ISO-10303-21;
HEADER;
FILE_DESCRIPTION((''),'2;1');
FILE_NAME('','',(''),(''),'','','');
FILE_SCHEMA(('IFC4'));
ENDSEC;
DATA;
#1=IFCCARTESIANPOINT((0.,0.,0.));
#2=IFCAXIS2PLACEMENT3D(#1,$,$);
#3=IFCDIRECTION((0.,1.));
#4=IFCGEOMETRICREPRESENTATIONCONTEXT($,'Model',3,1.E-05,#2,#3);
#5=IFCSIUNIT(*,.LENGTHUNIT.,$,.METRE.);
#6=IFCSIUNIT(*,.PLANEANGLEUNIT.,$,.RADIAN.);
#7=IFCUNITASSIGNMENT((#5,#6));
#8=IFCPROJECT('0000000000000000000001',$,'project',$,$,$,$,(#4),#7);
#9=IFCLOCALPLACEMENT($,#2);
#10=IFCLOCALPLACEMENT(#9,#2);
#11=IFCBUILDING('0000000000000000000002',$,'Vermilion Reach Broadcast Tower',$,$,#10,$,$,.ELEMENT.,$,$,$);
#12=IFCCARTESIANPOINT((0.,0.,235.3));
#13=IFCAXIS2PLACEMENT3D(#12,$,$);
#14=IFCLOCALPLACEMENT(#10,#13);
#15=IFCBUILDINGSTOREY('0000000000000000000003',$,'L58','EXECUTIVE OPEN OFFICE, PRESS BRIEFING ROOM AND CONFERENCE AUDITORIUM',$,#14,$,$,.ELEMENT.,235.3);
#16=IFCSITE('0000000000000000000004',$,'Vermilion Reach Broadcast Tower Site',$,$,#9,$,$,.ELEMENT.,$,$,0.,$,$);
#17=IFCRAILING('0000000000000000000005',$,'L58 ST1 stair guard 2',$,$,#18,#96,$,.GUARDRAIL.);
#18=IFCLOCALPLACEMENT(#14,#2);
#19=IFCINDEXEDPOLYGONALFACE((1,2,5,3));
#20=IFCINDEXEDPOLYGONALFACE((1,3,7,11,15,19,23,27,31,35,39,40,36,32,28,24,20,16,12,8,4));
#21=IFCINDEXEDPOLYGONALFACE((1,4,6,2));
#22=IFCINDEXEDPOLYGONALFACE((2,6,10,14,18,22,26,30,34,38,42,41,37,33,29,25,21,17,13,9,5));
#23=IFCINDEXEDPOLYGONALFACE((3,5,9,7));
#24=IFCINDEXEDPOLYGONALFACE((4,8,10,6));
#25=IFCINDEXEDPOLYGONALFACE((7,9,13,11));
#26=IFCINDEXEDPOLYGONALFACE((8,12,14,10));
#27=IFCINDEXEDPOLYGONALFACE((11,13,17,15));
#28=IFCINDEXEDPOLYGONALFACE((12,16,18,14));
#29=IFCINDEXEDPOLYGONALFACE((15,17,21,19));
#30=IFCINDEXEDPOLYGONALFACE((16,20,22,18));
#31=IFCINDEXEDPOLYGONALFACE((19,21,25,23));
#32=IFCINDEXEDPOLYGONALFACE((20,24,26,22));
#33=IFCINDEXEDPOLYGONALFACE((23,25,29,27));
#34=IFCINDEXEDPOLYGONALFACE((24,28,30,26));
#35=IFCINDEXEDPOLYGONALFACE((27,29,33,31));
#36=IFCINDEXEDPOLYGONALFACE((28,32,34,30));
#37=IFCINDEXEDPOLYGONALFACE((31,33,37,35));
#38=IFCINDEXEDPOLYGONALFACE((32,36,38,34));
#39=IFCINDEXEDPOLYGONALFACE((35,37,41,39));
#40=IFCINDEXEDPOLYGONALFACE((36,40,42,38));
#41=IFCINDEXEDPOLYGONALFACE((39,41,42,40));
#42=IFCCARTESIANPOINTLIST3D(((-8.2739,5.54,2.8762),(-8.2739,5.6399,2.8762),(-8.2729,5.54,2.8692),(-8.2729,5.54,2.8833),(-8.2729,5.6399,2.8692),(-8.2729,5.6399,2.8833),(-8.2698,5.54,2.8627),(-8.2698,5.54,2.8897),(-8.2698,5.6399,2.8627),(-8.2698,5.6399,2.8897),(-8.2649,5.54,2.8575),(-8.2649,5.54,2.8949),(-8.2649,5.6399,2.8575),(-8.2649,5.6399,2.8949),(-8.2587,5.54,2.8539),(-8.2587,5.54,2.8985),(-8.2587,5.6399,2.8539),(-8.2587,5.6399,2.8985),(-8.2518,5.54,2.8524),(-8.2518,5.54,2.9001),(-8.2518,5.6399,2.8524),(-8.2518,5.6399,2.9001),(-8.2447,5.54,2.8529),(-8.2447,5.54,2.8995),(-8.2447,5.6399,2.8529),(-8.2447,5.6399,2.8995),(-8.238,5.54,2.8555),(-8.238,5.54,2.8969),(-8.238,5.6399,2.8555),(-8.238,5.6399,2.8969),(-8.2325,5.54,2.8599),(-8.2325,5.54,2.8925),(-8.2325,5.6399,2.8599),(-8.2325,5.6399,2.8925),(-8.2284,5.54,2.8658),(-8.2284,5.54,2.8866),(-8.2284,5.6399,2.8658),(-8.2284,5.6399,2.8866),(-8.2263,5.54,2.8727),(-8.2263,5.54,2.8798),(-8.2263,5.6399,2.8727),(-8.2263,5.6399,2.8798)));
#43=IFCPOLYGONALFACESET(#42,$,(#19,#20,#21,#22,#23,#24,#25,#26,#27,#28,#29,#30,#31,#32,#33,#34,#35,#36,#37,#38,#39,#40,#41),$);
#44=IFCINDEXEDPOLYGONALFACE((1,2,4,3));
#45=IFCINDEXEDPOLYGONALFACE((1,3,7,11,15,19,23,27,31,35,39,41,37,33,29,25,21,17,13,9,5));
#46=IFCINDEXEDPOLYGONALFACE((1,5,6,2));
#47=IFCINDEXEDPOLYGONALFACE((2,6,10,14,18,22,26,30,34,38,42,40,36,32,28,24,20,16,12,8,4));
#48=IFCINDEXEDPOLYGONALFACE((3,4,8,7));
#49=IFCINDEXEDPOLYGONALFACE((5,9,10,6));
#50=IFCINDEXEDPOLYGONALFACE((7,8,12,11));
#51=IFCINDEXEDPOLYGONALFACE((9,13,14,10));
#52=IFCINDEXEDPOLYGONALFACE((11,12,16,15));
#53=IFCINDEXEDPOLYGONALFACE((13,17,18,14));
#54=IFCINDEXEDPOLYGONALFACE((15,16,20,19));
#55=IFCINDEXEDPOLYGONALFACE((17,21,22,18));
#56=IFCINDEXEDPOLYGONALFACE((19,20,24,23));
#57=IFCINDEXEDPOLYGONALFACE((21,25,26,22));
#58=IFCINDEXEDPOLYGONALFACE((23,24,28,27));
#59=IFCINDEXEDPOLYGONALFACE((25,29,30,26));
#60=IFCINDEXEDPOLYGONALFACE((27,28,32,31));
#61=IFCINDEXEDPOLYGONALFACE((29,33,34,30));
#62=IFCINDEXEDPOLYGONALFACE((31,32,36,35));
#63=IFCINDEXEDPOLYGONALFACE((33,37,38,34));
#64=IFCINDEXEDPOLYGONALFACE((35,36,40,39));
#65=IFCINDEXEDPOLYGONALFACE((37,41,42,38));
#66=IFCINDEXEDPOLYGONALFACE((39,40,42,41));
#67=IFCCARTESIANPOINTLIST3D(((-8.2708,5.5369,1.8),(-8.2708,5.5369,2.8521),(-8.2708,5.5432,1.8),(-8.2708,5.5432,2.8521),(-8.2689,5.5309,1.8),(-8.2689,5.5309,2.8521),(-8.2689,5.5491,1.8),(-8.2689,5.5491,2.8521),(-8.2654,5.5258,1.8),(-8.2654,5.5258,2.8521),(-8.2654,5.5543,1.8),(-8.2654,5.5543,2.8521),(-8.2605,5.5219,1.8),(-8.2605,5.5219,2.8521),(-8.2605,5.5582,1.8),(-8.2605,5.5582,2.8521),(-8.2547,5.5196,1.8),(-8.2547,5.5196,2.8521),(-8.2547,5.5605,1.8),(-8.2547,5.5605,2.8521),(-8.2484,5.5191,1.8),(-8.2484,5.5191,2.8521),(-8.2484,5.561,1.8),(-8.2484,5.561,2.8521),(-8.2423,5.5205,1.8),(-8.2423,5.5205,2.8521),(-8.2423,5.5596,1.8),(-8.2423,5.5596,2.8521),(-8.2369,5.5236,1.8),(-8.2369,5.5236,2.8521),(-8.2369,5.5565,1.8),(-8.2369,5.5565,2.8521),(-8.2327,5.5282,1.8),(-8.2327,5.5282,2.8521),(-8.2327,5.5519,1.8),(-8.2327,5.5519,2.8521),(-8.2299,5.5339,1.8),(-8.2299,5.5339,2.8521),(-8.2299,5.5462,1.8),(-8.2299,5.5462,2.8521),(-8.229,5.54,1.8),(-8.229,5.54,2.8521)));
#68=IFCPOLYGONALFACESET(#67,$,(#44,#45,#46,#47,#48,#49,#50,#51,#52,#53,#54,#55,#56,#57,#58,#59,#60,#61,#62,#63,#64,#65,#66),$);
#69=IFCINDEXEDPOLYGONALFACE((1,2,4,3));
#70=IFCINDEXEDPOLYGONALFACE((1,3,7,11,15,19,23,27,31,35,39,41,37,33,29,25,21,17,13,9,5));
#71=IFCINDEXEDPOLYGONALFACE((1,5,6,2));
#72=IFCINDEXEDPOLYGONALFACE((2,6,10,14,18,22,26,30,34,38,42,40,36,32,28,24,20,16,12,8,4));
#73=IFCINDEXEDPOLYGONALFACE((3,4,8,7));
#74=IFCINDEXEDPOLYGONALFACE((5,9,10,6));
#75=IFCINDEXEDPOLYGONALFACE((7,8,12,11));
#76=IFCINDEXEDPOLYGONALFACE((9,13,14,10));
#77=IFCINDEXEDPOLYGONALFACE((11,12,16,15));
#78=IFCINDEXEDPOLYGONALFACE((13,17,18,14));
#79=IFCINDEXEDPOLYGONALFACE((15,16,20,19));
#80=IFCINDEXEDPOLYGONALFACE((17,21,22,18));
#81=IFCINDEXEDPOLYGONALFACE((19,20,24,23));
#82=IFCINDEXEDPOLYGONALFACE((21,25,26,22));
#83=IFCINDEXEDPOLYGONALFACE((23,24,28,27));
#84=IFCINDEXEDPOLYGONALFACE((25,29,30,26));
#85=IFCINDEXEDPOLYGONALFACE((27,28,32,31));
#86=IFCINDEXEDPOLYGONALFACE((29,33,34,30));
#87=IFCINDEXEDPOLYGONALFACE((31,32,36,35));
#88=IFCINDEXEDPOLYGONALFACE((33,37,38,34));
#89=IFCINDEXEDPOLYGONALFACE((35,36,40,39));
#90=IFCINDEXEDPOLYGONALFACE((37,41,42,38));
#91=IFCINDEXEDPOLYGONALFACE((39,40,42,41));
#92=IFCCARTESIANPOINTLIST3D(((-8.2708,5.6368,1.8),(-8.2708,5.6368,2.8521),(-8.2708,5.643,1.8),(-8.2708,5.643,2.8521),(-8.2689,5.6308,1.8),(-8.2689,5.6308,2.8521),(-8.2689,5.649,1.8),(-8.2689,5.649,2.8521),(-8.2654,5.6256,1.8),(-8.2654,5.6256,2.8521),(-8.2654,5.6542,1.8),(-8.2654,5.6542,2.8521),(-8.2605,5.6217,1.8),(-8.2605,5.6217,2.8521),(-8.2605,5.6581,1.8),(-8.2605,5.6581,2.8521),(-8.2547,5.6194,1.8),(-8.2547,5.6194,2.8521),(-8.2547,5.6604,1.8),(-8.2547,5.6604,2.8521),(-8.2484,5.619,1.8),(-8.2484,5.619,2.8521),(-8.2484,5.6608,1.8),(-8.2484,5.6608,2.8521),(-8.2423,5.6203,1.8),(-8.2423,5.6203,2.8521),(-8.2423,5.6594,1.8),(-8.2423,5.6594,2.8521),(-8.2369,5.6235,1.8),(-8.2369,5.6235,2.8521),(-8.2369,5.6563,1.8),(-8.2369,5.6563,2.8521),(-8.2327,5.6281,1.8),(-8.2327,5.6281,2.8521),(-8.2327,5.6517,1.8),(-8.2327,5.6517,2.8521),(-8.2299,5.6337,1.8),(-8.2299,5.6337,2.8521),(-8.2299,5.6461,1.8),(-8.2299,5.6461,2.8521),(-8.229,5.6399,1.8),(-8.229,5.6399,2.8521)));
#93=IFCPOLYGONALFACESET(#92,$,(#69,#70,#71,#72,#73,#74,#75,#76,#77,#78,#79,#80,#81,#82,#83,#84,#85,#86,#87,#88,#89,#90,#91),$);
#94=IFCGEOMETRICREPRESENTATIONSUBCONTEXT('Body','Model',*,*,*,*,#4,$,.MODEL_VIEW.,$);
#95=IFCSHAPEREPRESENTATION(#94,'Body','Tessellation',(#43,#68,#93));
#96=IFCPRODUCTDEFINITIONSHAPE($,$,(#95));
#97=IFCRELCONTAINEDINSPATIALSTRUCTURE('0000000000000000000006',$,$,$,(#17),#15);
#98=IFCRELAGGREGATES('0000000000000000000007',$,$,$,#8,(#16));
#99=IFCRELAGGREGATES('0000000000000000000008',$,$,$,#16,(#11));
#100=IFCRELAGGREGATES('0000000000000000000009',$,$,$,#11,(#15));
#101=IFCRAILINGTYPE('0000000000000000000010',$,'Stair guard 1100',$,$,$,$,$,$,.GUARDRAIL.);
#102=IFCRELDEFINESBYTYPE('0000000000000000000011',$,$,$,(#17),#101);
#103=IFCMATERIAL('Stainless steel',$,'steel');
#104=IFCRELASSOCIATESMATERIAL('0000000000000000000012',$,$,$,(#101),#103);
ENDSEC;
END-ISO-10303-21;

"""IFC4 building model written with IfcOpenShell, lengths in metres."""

from ifc_helpers import new_model, si_unit, direction, frame, origin, origin_2d, place, context, subcontext, project, spatial, circle, extrude, material, type_object, element, save


model = new_model("IFC4")

# Units and contexts
model_context = context("Model", 3, precision=1e-05, world=origin(), true_north=direction((0.0, 1.0)))
body_context = subcontext(model_context, "Body", "Model", "MODEL_VIEW")
ifc_project = project(units=[si_unit("LENGTHUNIT", "METRE"), si_unit("PLANEANGLEUNIT", "RADIAN")], contexts=[model_context])

# Site, building, storey
site_placement = place(None, origin())
site = spatial("IfcSite", under=ifc_project, at=site_placement, Name="Vermilion Reach Broadcast Tower Site", CompositionType="ELEMENT", RefElevation=0.0)
building_placement = place(site_placement, origin())
building = spatial("IfcBuilding", under=site, at=building_placement, Name="Vermilion Reach Broadcast Tower", CompositionType="ELEMENT")
storey_placement = place(building_placement, frame((0.0, 0.0, 235.3)))
storey = spatial("IfcBuildingStorey", under=building, at=storey_placement, Name="L58", Description="EXECUTIVE OPEN OFFICE, PRESS BRIEFING ROOM AND CONFERENCE AUDITORIUM", CompositionType="ELEMENT", Elevation=235.3)

# Railing
ifc_material_1 = material(Name="Stainless steel", Category="steel")
railing_type_1 = type_object("IfcRailingType", Name="Stair guard 1100", PredefinedType="GUARDRAIL", material=ifc_material_1)
railing_1_placement = place(storey_placement, frame((-8.25, 5.54, 1.8)))
element("IfcRailing", 1, at=railing_1_placement, inside=storey, type_object=railing_type_1, Name="L58 ST1 stair guard 2", PredefinedType="GUARDRAIL", context=body_context, shape_type="SweptSolid", body=[
    extrude(circle(Radius=0.0239, at=origin_2d()), frame((0.0, 0.0, 1.0762), z_axis=(0.0, 1.0, 0.0), x_axis=(-1.0, 0.0, 0.0)), (0.0, 0.0, 1.0), 0.0999),
    extrude(circle(Radius=0.021, at=origin_2d()), origin(), (0.0, 0.0, 1.0), 1.052),
    extrude(circle(Radius=0.021, at=origin_2d()), frame((0.0, 0.0999, 0.0)), (0.0, 0.0, 1.0), 1.052),
])

save(model, "model.ifc")
